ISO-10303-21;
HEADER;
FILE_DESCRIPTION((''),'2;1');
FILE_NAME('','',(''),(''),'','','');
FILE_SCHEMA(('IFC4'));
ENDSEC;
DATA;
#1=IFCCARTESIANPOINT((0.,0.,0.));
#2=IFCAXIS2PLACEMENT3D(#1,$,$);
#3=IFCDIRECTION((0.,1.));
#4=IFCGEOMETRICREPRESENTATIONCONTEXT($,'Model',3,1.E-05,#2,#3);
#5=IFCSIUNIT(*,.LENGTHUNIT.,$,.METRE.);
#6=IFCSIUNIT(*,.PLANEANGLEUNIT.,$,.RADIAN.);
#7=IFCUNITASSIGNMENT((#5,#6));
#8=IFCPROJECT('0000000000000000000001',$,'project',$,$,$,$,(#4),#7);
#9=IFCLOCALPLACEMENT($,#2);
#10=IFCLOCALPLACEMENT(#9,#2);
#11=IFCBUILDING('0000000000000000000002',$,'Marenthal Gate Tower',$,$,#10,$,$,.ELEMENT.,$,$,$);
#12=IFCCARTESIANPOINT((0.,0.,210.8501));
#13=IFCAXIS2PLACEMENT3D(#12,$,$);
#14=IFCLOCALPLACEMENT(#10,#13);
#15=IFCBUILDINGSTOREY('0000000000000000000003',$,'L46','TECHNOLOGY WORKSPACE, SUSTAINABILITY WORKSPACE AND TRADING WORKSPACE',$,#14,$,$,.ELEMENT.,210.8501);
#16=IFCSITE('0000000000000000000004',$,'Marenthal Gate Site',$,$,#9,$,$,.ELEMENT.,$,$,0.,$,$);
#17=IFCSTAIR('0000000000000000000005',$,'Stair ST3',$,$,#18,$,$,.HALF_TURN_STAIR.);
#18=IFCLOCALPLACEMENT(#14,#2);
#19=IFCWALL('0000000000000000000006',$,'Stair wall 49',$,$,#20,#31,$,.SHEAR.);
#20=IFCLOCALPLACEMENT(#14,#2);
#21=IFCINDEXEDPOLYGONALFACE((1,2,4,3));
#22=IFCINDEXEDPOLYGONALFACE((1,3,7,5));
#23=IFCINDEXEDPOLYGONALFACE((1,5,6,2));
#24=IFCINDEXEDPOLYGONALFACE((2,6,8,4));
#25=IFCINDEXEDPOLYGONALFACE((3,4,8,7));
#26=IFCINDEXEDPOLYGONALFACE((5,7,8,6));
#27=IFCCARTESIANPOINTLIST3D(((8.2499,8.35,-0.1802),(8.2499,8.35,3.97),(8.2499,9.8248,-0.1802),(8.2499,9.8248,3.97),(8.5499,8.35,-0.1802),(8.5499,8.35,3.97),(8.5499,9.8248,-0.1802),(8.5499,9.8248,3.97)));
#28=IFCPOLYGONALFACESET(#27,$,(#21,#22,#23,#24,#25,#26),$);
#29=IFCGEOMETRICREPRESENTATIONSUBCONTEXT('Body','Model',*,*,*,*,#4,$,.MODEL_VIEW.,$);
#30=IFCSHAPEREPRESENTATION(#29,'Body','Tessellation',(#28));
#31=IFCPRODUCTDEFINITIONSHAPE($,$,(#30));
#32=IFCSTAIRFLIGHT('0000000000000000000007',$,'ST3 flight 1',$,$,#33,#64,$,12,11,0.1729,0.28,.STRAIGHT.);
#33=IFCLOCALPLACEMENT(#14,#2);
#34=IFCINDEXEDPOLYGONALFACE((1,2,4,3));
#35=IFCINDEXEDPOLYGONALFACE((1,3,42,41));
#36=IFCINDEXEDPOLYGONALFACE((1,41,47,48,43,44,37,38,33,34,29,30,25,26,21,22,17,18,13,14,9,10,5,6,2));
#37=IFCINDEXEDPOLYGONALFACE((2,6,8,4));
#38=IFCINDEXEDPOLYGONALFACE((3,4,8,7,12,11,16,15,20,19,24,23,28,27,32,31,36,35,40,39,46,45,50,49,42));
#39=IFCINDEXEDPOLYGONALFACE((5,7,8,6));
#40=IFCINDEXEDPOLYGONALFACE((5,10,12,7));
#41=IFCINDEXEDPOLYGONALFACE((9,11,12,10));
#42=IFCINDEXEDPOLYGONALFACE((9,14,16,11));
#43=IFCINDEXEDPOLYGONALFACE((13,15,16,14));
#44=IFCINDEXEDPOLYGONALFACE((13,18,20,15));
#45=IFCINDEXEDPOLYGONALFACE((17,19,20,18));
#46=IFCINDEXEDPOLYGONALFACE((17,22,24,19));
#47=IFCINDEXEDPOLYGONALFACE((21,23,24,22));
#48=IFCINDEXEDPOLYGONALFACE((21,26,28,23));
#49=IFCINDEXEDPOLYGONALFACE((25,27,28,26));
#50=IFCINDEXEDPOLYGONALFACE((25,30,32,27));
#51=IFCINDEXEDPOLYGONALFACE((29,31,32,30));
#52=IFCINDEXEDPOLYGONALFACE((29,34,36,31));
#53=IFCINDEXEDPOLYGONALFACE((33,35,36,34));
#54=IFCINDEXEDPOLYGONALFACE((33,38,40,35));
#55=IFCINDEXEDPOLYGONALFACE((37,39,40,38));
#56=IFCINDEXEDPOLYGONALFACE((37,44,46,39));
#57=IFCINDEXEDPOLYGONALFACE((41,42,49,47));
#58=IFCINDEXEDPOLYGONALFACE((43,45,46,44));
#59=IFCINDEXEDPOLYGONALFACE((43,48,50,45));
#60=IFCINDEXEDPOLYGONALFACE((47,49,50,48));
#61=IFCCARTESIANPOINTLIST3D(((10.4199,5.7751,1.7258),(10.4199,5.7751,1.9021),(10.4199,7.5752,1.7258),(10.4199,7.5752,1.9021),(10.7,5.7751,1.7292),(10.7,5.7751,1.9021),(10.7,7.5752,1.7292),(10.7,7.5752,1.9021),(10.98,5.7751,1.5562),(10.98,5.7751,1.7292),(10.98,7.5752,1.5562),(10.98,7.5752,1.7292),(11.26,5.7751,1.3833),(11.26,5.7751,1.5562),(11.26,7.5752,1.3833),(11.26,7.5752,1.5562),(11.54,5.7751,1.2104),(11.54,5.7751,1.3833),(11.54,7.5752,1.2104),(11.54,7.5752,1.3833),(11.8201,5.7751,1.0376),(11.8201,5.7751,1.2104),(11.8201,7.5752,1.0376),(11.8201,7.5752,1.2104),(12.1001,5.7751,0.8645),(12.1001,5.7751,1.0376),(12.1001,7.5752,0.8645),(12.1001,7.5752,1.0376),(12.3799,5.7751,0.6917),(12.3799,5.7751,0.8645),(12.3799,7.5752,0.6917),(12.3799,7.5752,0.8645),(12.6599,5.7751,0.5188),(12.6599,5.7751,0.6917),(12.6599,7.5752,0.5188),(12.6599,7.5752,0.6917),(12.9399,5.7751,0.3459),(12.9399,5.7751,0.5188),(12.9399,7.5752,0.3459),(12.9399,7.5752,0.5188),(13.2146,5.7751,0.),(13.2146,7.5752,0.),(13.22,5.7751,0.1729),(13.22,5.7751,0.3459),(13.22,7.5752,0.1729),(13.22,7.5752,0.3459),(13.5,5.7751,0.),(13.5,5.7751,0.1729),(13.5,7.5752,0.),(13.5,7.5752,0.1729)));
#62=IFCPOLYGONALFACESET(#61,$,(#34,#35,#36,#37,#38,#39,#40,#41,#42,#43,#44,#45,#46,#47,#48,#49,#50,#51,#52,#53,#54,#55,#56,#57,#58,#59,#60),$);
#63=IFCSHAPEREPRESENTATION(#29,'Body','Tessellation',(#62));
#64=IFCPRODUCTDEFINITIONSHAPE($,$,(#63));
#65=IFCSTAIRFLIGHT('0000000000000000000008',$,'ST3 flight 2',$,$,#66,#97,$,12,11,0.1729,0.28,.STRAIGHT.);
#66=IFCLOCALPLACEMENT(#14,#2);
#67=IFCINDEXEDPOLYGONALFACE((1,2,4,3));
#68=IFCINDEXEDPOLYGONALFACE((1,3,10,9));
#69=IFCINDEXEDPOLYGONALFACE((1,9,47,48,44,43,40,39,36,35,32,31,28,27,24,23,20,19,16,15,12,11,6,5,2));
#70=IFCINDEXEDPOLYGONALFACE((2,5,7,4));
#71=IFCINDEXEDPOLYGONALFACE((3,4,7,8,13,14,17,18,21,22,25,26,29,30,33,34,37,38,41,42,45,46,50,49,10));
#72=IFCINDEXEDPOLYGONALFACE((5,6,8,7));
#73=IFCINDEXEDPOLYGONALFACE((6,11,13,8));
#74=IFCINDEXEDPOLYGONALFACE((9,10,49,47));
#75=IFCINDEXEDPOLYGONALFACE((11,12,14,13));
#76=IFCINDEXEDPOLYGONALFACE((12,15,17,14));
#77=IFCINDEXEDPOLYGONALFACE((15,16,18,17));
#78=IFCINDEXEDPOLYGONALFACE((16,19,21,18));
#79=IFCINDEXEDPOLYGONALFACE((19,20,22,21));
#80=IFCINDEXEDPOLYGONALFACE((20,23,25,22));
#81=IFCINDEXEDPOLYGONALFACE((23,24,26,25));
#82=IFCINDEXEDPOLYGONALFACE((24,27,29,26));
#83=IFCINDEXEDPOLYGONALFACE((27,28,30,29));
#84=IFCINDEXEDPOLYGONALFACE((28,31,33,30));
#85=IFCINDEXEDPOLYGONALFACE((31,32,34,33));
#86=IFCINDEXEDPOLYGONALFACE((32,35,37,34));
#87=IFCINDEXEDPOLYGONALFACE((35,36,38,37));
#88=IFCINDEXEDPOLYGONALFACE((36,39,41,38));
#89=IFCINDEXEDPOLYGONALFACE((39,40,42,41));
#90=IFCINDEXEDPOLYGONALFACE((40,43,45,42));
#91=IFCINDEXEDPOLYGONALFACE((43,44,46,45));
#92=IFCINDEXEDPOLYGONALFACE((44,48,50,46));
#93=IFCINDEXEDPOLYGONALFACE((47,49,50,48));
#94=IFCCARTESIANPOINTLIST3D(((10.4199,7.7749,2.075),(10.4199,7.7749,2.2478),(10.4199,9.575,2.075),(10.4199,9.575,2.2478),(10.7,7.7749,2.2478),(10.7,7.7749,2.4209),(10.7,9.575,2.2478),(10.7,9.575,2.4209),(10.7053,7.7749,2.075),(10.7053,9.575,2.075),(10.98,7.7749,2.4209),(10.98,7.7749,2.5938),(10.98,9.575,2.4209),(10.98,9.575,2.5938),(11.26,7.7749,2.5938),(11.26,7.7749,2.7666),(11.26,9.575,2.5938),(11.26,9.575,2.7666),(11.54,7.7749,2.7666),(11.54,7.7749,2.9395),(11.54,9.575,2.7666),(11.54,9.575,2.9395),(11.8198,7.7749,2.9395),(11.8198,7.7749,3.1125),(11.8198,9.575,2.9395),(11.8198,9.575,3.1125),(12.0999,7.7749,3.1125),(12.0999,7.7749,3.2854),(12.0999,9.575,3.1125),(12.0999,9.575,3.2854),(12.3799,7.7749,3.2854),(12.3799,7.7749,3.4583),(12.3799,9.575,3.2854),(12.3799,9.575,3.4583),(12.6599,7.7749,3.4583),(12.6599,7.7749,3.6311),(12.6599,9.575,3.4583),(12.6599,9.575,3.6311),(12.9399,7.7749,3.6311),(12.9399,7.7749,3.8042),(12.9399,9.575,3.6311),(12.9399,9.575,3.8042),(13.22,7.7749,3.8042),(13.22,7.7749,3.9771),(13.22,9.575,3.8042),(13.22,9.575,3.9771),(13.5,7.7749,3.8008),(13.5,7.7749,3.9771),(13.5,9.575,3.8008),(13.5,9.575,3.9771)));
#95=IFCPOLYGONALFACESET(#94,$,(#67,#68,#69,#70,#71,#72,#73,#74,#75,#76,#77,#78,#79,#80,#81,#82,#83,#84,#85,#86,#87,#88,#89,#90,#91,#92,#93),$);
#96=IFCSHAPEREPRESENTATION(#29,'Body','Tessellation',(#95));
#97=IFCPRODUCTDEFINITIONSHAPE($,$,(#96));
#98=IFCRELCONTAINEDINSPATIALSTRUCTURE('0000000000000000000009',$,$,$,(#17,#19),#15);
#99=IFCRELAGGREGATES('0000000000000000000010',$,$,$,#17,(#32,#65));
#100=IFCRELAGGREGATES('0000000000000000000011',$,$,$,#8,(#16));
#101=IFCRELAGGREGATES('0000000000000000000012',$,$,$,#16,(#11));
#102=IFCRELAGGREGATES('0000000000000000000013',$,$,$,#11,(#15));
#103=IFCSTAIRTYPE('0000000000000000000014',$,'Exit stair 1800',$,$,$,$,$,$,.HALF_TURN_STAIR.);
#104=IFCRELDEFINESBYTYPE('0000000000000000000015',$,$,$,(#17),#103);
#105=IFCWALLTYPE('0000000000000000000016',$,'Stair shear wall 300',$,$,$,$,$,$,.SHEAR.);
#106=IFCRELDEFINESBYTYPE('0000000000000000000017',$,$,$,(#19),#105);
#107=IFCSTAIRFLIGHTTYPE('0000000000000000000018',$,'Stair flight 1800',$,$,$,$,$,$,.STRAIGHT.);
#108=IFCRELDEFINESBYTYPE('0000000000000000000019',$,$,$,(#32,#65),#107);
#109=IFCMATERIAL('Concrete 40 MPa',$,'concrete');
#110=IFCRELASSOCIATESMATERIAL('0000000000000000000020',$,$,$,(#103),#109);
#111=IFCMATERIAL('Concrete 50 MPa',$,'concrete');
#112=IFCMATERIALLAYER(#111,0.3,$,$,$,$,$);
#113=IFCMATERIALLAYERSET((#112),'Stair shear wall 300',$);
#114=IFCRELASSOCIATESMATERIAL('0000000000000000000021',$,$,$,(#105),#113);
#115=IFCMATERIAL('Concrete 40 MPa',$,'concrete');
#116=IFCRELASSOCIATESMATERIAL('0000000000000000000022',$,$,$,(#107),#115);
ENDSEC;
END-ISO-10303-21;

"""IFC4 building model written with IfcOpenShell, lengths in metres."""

from ifc_helpers import new_model, si_unit, direction, frame, frame_2d, origin, place, context, subcontext, project, spatial, polyline, rectangle, outline, extrude, material, layer, layer_set, type_object, element, aggregate, save


model = new_model("IFC4")

# Units and contexts
model_context = context("Model", 3, precision=1e-05, world=origin(), true_north=direction((0.0, 1.0)))
body_context = subcontext(model_context, "Body", "Model", "MODEL_VIEW")
ifc_project = project(units=[si_unit("LENGTHUNIT", "METRE"), si_unit("PLANEANGLEUNIT", "RADIAN")], contexts=[model_context])

# Site, building, storey
site_placement = place(None, origin())
site = spatial("IfcSite", under=ifc_project, at=site_placement, Name="Marenthal Gate Site", CompositionType="ELEMENT", RefElevation=0.0)
building_placement = place(site_placement, origin())
building = spatial("IfcBuilding", under=site, at=building_placement, Name="Marenthal Gate Tower", CompositionType="ELEMENT")
storey_placement = place(building_placement, frame((0.0, 0.0, 210.8501)))
storey = spatial("IfcBuildingStorey", under=building, at=storey_placement, Name="L46", Description="TECHNOLOGY WORKSPACE, SUSTAINABILITY WORKSPACE AND TRADING WORKSPACE", CompositionType="ELEMENT", Elevation=210.8501)

# Stair
ifc_material_1 = material(Name="Concrete 40 MPa", Category="concrete")
stair_type = type_object("IfcStairType", Name="Exit stair 1800", PredefinedType="HALF_TURN_STAIR", material=ifc_material_1)
stair_1_placement = place(storey_placement, origin())
stair_1 = element("IfcStair", 1, at=stair_1_placement, inside=storey, type_object=stair_type, Name="Stair ST3", PredefinedType="HALF_TURN_STAIR")

# Wall
ifc_material_2 = material(Name="Concrete 50 MPa", Category="concrete")
ifc_layer_1 = layer(ifc_material_2, 0.3)
ifc_layer_set_1 = layer_set([ifc_layer_1], Name="Stair shear wall 300")
wall_type_1 = type_object("IfcWallType", Name="Stair shear wall 300", PredefinedType="SHEAR", material=ifc_layer_set_1)
wall_1_placement = place(storey_placement, frame((8.3999, 8.3501, -0.1802), z_axis=(0.0, 0.0, 1.0), x_axis=(0.0, 1.0, 0.0)))
element("IfcWall", 2, at=wall_1_placement, inside=storey, type_object=wall_type_1, Name="Stair wall 49", PredefinedType="SHEAR", context=body_context, shape_type="SweptSolid", body=[
    extrude(rectangle(XDim=1.4749, YDim=0.3, at=frame_2d((0.7373, 0.0))), origin(), (0.0, 0.0, 1.0), 4.1501),
])

# Stair flights
ifc_material_3 = material(Name="Concrete 40 MPa", Category="concrete")
stair_flight_type = type_object("IfcStairFlightType", Name="Stair flight 1800", PredefinedType="STRAIGHT", material=ifc_material_3)
stair_flight_1_placement = place(storey_placement, frame((13.5, 6.675, 0.0), z_axis=(0.0, 0.0, 1.0), x_axis=(-1.0, 0.0, 0.0)))
stair_flight_1 = element("IfcStairFlight", 3, at=stair_flight_1_placement, type_object=stair_flight_type, Name="ST3 flight 1", NumberOfRisers=12, NumberOfTreads=11, PredefinedType="STRAIGHT", RiserHeight=0.1729, TreadLength=0.28, context=body_context, shape_type="SweptSolid", body=[
    extrude(outline(polyline([(0.0, 0.0), (0.0, 0.1729), (0.28, 0.1729), (0.28, 0.3459), (0.5601, 0.3459), (0.5601, 0.5188), (0.8401, 0.5188), (0.8401, 0.6917), (1.1201, 0.6917), (1.1201, 0.8645), (1.3999, 0.8645), (1.3999, 1.0376), (1.6799, 1.0376), (1.6799, 1.2104), (1.96, 1.2104), (1.96, 1.3833), (2.24, 1.3833), (2.24, 1.5562), (2.52, 1.5562), (2.52, 1.7292), (2.8, 1.7292), (2.8, 1.9021), (3.0801, 1.9021), (3.0801, 2.075), (3.0801, 1.7258), (0.2854, 0.0), (0.0, 0.0)])), frame((0.0, 0.8999, 0.0), z_axis=(0.0, -1.0, 0.0), x_axis=(1.0, 0.0, 0.0)), (0.0, 0.0, 1.0), 1.8),
])
stair_flight_2_placement = place(storey_placement, frame((10.4199, 8.675, 2.075), z_axis=(0.0, 0.0, 1.0), x_axis=(1.0, 0.0, 0.0)))
stair_flight_2 = element("IfcStairFlight", 4, at=stair_flight_2_placement, type_object=stair_flight_type, Name="ST3 flight 2", NumberOfRisers=12, NumberOfTreads=11, PredefinedType="STRAIGHT", RiserHeight=0.1729, TreadLength=0.28, context=body_context, shape_type="SweptSolid", body=[
    extrude(outline(polyline([(0.0, 0.0), (0.0, 0.1729), (0.28, 0.1729), (0.28, 0.3459), (0.5601, 0.3459), (0.5601, 0.5188), (0.8401, 0.5188), (0.8401, 0.6917), (1.1201, 0.6917), (1.1201, 0.8645), (1.3999, 0.8645), (1.3999, 1.0376), (1.6799, 1.0376), (1.6799, 1.2104), (1.96, 1.2104), (1.96, 1.3833), (2.24, 1.3833), (2.24, 1.5562), (2.52, 1.5562), (2.52, 1.7292), (2.8, 1.7292), (2.8, 1.9021), (3.0801, 1.9021), (3.0801, 2.075), (3.0801, 1.7258), (0.2854, 0.0), (0.0, 0.0)])), frame((0.0, 0.8999, 0.0), z_axis=(0.0, -1.0, 0.0), x_axis=(1.0, 0.0, 0.0)), (0.0, 0.0, 1.0), 1.8),
])
aggregate(stair_1, [stair_flight_1, stair_flight_2])

save(model, "model.ifc")
